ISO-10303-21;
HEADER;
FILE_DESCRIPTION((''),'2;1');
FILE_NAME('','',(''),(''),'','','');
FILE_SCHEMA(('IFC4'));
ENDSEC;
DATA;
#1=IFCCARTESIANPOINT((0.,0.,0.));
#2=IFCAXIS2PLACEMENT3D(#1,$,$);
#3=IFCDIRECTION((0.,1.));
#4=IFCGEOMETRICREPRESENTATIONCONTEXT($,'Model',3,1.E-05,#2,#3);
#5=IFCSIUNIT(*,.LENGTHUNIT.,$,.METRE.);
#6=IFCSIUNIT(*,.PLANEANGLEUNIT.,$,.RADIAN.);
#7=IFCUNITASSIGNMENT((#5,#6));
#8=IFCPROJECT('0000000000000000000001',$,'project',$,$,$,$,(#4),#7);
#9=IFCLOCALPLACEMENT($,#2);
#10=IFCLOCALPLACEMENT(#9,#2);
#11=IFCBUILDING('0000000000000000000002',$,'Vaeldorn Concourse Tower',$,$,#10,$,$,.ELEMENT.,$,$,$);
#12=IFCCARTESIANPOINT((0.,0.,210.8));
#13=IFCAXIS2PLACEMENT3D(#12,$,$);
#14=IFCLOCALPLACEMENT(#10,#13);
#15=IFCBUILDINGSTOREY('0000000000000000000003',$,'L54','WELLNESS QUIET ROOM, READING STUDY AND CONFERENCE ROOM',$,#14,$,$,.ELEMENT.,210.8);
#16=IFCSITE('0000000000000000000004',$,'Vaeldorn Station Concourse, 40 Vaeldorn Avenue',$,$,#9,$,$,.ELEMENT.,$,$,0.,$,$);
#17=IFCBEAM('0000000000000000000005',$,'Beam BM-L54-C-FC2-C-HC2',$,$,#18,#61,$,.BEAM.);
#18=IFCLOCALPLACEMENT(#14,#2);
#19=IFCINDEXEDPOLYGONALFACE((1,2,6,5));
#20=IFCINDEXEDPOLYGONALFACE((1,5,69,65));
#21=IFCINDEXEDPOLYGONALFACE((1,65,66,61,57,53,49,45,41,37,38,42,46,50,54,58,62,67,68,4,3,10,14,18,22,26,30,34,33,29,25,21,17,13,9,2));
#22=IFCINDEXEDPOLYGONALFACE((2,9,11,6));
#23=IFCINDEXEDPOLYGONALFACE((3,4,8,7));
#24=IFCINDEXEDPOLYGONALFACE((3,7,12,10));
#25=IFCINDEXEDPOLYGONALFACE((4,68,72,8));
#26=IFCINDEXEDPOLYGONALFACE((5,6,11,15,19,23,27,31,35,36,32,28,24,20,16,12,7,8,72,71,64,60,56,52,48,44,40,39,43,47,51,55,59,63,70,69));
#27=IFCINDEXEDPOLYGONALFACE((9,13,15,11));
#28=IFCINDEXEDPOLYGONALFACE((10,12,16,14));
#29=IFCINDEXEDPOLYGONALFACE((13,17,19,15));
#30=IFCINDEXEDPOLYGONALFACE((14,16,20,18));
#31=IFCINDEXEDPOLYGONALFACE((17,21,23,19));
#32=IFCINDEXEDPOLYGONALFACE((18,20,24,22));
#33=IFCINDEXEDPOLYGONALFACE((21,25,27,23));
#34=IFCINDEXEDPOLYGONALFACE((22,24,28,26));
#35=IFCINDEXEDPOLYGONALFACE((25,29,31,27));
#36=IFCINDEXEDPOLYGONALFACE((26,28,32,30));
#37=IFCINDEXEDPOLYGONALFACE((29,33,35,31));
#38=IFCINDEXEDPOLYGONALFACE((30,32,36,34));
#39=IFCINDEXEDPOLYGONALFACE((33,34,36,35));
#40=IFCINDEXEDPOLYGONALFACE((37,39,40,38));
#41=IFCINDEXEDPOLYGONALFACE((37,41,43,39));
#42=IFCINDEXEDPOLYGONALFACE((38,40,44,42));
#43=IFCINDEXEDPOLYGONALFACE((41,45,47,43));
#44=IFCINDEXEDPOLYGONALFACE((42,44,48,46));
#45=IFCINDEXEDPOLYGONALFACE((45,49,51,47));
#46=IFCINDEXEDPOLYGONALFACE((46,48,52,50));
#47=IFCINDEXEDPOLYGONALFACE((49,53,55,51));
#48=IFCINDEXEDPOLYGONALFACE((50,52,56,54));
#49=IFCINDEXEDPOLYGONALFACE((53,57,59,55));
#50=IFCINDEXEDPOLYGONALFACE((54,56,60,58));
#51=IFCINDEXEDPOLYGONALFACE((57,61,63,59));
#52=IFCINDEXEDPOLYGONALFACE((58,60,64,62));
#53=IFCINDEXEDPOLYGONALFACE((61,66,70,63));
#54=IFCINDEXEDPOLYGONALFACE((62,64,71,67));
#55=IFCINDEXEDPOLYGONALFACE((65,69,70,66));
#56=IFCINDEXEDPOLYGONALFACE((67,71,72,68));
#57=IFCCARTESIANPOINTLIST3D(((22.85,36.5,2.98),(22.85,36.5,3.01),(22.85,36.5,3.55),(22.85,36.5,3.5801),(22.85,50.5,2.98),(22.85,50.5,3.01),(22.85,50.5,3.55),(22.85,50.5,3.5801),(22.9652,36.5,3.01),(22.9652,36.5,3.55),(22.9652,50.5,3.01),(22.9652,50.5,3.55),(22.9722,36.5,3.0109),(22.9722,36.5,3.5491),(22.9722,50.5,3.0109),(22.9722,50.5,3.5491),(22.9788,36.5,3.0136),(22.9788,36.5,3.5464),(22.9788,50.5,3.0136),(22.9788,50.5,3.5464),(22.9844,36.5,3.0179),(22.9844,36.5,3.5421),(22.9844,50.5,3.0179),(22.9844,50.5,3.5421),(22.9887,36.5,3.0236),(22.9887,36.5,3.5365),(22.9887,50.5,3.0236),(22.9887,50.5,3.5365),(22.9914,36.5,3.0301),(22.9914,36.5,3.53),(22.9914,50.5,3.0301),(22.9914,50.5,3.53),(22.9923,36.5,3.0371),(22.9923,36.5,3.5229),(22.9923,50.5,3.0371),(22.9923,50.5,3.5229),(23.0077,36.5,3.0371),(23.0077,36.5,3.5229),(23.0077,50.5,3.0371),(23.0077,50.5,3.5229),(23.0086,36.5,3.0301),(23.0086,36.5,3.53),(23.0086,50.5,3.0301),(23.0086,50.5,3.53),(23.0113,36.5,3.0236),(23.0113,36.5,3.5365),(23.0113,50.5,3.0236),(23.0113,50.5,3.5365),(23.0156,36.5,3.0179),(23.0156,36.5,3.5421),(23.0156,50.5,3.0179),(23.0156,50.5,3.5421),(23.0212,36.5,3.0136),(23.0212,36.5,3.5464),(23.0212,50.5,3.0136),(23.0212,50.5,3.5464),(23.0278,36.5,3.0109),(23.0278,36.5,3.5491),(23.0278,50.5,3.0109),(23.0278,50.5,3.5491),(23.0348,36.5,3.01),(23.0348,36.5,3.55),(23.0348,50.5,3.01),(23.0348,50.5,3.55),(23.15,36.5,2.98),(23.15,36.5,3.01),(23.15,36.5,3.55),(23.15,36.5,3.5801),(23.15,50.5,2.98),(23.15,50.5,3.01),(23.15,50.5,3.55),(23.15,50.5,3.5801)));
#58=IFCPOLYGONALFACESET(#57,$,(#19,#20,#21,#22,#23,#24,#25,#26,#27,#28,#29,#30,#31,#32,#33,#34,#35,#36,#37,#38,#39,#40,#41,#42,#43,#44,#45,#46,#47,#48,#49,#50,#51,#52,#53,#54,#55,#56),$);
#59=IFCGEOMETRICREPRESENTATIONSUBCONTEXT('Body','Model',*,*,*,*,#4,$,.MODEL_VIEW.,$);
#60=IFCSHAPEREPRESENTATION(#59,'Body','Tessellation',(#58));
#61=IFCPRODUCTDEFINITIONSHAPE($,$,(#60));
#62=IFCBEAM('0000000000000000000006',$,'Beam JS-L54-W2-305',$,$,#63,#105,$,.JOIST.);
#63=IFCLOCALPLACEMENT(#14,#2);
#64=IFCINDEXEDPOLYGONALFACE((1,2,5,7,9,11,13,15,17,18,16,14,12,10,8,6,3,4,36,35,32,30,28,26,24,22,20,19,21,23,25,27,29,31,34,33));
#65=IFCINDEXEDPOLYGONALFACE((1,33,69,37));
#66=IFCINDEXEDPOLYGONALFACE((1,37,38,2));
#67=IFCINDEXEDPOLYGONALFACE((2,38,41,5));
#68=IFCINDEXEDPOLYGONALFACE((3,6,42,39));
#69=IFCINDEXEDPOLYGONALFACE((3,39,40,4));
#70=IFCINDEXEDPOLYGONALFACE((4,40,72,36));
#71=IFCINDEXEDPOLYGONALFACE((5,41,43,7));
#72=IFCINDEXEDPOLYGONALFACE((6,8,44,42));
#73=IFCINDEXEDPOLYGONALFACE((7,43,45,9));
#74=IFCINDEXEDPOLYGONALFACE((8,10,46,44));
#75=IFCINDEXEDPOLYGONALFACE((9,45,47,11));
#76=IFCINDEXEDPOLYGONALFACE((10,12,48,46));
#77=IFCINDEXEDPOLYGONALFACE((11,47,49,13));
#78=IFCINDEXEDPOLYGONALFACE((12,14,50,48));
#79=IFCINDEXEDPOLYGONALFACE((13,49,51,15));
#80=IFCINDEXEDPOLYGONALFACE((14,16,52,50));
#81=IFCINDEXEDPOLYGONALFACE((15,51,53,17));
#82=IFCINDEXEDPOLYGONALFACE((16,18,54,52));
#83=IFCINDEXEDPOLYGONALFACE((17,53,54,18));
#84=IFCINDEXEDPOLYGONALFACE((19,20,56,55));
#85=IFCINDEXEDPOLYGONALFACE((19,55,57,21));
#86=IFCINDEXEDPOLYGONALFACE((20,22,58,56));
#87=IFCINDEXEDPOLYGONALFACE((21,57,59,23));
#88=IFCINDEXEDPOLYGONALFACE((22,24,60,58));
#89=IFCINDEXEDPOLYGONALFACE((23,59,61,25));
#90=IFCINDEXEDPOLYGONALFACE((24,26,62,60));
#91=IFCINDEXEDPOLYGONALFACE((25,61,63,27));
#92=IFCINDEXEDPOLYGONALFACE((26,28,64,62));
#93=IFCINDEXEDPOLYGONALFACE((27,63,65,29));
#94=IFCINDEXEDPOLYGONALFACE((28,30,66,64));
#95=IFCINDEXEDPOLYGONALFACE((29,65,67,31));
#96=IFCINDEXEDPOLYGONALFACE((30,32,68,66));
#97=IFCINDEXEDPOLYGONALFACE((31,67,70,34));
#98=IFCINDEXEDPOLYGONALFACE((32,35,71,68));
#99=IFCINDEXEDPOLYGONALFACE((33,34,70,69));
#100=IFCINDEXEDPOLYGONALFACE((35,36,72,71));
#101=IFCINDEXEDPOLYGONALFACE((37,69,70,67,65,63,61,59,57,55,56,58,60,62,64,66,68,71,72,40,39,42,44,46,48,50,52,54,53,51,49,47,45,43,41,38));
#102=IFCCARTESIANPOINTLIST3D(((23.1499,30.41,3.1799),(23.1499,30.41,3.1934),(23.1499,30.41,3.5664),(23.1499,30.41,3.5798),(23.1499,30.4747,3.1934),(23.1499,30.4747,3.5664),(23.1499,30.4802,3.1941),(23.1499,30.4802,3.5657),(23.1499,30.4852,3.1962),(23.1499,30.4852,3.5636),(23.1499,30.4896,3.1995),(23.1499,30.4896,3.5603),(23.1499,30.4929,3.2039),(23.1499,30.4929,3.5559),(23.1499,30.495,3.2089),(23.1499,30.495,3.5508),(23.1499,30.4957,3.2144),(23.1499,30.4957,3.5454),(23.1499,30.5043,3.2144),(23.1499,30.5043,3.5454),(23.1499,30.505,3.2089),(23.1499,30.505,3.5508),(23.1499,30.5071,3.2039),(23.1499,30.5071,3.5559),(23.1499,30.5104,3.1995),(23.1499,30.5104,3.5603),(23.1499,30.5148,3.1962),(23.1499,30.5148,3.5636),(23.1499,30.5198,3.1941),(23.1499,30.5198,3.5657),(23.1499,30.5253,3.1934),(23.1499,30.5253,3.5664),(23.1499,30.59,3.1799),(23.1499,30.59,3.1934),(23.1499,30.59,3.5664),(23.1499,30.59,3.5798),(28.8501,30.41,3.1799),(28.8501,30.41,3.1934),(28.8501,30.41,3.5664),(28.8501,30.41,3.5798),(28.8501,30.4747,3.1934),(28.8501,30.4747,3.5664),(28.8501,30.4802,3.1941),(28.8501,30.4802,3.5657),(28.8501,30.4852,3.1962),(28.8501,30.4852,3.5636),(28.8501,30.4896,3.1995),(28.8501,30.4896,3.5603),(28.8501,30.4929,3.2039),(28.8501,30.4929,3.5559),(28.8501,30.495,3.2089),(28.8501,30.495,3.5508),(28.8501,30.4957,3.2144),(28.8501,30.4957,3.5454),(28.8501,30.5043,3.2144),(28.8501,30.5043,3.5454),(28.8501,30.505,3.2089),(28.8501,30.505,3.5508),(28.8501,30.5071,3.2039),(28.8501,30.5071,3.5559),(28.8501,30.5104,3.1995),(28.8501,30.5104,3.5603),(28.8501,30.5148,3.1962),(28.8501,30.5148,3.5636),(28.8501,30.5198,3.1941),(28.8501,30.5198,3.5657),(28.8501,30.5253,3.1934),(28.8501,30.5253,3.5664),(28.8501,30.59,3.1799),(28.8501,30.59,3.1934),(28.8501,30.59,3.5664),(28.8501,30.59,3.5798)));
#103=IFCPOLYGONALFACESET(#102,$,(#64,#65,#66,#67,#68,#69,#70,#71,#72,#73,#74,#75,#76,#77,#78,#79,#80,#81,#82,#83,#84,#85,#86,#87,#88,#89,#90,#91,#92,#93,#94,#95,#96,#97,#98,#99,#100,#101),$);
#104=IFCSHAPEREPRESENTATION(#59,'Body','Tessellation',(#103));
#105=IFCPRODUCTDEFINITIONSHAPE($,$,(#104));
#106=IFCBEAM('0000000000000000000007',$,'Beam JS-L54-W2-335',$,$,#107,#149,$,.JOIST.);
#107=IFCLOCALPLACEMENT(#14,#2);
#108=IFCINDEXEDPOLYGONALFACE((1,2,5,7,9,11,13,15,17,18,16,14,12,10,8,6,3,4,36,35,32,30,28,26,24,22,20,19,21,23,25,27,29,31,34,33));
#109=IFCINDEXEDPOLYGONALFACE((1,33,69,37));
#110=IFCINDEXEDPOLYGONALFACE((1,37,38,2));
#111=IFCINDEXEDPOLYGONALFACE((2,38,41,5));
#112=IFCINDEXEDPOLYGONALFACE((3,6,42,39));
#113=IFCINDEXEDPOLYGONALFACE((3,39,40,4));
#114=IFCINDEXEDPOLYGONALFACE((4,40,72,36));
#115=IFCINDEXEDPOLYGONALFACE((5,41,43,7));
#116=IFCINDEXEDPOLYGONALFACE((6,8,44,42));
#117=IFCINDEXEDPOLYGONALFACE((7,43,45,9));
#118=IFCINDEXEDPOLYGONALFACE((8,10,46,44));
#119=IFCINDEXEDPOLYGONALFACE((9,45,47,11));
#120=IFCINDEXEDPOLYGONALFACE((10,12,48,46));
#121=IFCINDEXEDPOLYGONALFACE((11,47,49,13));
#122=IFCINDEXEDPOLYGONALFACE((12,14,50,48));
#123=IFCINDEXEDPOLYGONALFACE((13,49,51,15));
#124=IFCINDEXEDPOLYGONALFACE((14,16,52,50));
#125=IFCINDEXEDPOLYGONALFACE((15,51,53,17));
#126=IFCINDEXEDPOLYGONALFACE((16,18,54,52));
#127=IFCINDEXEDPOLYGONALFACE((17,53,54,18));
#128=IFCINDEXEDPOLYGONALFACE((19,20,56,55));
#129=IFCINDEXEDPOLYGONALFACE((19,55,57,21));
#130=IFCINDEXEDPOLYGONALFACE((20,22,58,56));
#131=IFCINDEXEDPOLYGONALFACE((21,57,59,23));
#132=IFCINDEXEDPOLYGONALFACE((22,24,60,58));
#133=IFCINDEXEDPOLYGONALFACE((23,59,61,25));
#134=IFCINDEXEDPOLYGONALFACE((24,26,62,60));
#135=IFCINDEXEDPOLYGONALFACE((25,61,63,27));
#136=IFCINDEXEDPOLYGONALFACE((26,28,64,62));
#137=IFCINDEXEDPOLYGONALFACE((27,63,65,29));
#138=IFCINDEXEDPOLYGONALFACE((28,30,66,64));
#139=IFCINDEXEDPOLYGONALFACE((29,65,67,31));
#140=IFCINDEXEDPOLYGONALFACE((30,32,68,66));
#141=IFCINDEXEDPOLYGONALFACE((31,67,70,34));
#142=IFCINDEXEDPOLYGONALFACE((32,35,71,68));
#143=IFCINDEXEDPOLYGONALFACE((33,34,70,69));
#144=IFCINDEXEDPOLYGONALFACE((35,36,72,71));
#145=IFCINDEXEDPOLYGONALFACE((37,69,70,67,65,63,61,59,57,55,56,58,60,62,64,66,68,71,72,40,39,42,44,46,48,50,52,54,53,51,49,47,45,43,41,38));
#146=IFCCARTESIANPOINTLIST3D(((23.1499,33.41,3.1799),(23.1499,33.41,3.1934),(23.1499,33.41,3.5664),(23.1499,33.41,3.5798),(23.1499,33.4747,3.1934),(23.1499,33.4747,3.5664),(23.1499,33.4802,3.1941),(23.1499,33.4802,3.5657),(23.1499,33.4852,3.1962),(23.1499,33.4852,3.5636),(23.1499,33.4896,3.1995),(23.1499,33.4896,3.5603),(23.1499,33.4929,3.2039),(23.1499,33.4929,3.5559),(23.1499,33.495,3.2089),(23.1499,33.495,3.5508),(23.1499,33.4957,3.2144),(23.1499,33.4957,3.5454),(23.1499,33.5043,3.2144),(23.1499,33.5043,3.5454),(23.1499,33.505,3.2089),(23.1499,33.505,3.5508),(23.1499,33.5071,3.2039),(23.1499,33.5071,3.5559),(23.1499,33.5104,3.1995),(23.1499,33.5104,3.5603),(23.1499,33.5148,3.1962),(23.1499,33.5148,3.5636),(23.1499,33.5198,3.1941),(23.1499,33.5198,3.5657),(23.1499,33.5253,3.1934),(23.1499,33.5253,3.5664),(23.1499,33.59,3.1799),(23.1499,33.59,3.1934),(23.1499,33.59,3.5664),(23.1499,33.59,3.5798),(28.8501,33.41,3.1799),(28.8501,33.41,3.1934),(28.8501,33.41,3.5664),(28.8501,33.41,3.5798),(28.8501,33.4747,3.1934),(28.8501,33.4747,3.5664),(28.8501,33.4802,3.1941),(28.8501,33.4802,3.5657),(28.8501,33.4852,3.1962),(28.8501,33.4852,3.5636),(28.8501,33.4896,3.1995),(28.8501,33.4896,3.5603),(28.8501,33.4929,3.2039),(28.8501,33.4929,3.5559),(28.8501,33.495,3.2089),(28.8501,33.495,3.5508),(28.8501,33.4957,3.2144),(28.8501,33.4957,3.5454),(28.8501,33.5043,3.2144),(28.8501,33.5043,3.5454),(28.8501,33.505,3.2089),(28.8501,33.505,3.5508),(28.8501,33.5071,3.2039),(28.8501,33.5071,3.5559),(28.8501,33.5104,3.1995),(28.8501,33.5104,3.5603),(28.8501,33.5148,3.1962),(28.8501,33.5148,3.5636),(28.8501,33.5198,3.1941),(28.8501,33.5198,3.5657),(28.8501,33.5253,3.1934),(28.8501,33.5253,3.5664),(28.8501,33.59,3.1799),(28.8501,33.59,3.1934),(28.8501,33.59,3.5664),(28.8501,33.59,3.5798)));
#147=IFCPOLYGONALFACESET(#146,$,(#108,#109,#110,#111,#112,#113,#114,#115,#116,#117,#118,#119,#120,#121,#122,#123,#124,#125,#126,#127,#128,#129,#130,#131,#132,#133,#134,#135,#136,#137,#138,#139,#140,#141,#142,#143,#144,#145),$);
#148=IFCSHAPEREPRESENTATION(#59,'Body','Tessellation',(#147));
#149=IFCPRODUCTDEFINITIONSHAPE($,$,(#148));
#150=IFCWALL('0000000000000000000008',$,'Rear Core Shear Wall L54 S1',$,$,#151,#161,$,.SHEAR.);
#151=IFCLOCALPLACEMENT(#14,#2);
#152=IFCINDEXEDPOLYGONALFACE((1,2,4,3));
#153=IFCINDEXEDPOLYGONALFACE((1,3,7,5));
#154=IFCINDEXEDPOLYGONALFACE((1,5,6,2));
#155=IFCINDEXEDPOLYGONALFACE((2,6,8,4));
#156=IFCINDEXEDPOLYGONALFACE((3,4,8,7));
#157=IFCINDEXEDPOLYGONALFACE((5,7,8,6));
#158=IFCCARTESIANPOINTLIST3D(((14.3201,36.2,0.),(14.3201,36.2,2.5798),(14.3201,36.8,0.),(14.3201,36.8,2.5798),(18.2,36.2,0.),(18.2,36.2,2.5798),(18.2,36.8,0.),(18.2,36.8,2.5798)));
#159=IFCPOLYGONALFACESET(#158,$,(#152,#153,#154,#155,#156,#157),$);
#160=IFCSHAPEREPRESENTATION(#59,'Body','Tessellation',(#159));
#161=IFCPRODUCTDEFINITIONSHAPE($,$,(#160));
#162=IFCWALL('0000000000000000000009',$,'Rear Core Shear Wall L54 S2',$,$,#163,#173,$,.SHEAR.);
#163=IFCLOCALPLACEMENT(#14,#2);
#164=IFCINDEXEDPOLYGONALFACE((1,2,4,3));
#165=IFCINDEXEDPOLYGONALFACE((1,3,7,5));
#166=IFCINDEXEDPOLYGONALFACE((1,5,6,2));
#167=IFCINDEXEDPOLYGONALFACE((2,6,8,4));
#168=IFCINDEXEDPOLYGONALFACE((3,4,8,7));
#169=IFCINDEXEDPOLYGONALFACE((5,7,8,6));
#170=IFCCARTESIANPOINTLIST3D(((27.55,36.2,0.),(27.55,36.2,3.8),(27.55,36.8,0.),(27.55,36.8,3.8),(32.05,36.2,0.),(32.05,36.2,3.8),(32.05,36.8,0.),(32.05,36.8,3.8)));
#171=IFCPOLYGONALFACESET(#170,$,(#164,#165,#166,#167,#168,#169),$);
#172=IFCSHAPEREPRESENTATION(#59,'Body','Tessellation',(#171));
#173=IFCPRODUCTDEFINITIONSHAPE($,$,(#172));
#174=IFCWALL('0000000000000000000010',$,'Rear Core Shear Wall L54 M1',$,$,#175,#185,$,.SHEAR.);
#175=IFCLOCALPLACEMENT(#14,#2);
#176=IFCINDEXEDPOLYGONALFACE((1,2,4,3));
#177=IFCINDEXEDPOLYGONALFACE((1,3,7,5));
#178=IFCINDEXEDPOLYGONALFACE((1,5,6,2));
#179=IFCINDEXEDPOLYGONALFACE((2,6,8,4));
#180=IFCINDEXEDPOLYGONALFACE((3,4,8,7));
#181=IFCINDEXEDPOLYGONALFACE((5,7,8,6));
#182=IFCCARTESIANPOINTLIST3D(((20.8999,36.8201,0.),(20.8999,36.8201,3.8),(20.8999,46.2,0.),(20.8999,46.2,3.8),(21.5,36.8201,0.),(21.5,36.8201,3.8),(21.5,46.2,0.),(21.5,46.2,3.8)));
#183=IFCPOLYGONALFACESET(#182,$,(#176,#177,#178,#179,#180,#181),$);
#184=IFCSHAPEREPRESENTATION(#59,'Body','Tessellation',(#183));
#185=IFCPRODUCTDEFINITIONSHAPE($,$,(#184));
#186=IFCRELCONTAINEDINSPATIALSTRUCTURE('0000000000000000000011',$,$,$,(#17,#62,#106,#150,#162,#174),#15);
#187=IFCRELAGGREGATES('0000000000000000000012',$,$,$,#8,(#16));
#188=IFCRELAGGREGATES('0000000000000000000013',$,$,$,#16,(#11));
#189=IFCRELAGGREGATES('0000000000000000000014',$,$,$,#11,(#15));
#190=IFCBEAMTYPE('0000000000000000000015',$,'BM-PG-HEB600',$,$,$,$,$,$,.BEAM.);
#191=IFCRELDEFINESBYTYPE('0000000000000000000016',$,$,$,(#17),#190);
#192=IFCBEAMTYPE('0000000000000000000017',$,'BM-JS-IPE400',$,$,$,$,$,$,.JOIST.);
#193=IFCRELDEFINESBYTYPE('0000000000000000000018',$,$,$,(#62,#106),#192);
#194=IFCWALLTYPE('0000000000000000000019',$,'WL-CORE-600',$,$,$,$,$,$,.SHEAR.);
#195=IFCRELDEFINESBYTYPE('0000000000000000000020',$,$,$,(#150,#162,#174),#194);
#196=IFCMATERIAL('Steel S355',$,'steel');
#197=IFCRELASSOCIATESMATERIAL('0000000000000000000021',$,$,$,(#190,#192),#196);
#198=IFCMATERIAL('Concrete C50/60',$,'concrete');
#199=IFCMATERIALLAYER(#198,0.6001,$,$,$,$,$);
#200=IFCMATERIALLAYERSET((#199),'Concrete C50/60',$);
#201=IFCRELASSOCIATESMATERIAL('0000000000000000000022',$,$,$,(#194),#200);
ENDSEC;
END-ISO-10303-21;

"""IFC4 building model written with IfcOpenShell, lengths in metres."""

from ifc_helpers import new_model, si_unit, direction, frame, frame_2d, origin, origin_2d, place, context, subcontext, project, spatial, rectangle, i_section, extrude, source, transform, mapped, material, layer, layer_set, material_profile, profile_set, type_object, element, save


model = new_model("IFC4")

# Units and contexts
model_context = context("Model", 3, precision=1e-05, world=origin(), true_north=direction((0.0, 1.0)))
body_context = subcontext(model_context, "Body", "Model", "MODEL_VIEW")
ifc_project = project(units=[si_unit("LENGTHUNIT", "METRE"), si_unit("PLANEANGLEUNIT", "RADIAN")], contexts=[model_context])

# Site, building, storey
site_placement = place(None, origin())
site = spatial("IfcSite", under=ifc_project, at=site_placement, Name="Vaeldorn Station Concourse, 40 Vaeldorn Avenue", CompositionType="ELEMENT", RefElevation=0.0)
building_placement = place(site_placement, origin())
building = spatial("IfcBuilding", under=site, at=building_placement, Name="Vaeldorn Concourse Tower", CompositionType="ELEMENT")
storey_placement = place(building_placement, frame((0.0, 0.0, 210.8)))
storey = spatial("IfcBuildingStorey", under=building, at=storey_placement, Name="L54", Description="WELLNESS QUIET ROOM, READING STUDY AND CONFERENCE ROOM", CompositionType="ELEMENT", Elevation=210.8)

# Shared definitions
ifc_material_1 = material(Name="Steel S355", Category="steel")

# Beams
ifc_material_profile_1 = material_profile(ifc_material_1, i_section(OverallWidth=0.3, OverallDepth=0.6001, WebThickness=0.0154, FlangeThickness=0.03, FilletRadius=0.0271, at=origin_2d()), Name="HEB 600")
ifc_profile_set_1 = profile_set([ifc_material_profile_1], Name="Steel S355")
beam_type_1 = type_object("IfcBeamType", Name="BM-PG-HEB600", PredefinedType="BEAM", material=ifc_profile_set_1)
shared_shape_1 = source(origin(), body_context, "Body", "SweptSolid", [
    extrude(i_section(OverallWidth=0.3, OverallDepth=0.6001, WebThickness=0.0154, FlangeThickness=0.03, FilletRadius=0.0271, at=origin_2d()), origin(), (0.0, 0.0, 1.0), 14.0),
])
for number, where, z_axis, x_axis, name in (
    (1, (23.0, 36.5, 3.28), (0.0, 1.0, 0.0), (-1.0, 0.0, 0.0), "Beam BM-L54-C-FC2-C-HC2"),
):
    element("IfcBeam", number, at=place(storey_placement, frame(where, z_axis=z_axis, x_axis=x_axis)), inside=storey, type_object=beam_type_1, Name=name, PredefinedType="BEAM", context=body_context, shape_type="MappedRepresentation", body=[
        mapped(shared_shape_1, transform((0.0, 0.0, 0.0), scale=1.0)),
    ])
ifc_material_profile_2 = material_profile(ifc_material_1, i_section(OverallWidth=0.1799, OverallDepth=0.3999, WebThickness=0.0085, FlangeThickness=0.0134, FilletRadius=0.021, at=origin_2d()), Name="IPE 400")
ifc_profile_set_2 = profile_set([ifc_material_profile_2], Name="Steel S355")
beam_type_2 = type_object("IfcBeamType", Name="BM-JS-IPE400", PredefinedType="JOIST", material=ifc_profile_set_2)
shared_shape_2 = source(origin(), body_context, "Body", "SweptSolid", [
    extrude(i_section(OverallWidth=0.1799, OverallDepth=0.3999, WebThickness=0.0085, FlangeThickness=0.0134, FilletRadius=0.021, at=origin_2d()), origin(), (0.0, 0.0, 1.0), 5.7002),
])
for number, where, z_axis, x_axis, name in (
    (2, (23.1499, 30.5, 3.3799), (1.0, 0.0, 0.0), (0.0, 1.0, 0.0), "Beam JS-L54-W2-305"),
    (3, (23.1499, 33.5, 3.3799), (1.0, 0.0, 0.0), (0.0, 1.0, 0.0), "Beam JS-L54-W2-335"),
):
    element("IfcBeam", number, at=place(storey_placement, frame(where, z_axis=z_axis, x_axis=x_axis)), inside=storey, type_object=beam_type_2, Name=name, PredefinedType="JOIST", context=body_context, shape_type="MappedRepresentation", body=[
        mapped(shared_shape_2, transform((0.0, 0.0, 0.0), scale=1.0)),
    ])

# Walls
ifc_material_2 = material(Name="Concrete C50/60", Category="concrete")
ifc_layer_1 = layer(ifc_material_2, 0.6001)
ifc_layer_set_1 = layer_set([ifc_layer_1], Name="Concrete C50/60")
wall_type_1 = type_object("IfcWallType", Name="WL-CORE-600", PredefinedType="SHEAR", material=ifc_layer_set_1)
wall_1_placement = place(storey_placement, frame((14.3201, 36.5, 0.0), z_axis=(0.0, 0.0, 1.0), x_axis=(1.0, 0.0, 0.0)))
element("IfcWall", 4, at=wall_1_placement, inside=storey, type_object=wall_type_1, Name="Rear Core Shear Wall L54 S1", PredefinedType="SHEAR", context=body_context, shape_type="SweptSolid", body=[
    extrude(rectangle(XDim=3.8799, YDim=0.6001, at=frame_2d((1.9399, 0.0))), origin(), (0.0, 0.0, 1.0), 2.5798),
])
wall_2_placement = place(storey_placement, frame((27.55, 36.5, 0.0), z_axis=(0.0, 0.0, 1.0), x_axis=(1.0, 0.0, 0.0)))
element("IfcWall", 5, at=wall_2_placement, inside=storey, type_object=wall_type_1, Name="Rear Core Shear Wall L54 S2", PredefinedType="SHEAR", context=body_context, shape_type="SweptSolid", body=[
    extrude(rectangle(XDim=4.5, YDim=0.6001, at=frame_2d((2.25, 0.0))), origin(), (0.0, 0.0, 1.0), 3.8),
])
wall_3_placement = place(storey_placement, frame((21.2, 36.8201, 0.0), z_axis=(0.0, 0.0, 1.0), x_axis=(0.0, 1.0, 0.0)))
element("IfcWall", 6, at=wall_3_placement, inside=storey, type_object=wall_type_1, Name="Rear Core Shear Wall L54 M1", PredefinedType="SHEAR", context=body_context, shape_type="SweptSolid", body=[
    extrude(rectangle(XDim=9.3799, YDim=0.6001, at=frame_2d((4.6899, 0.0))), origin(), (0.0, 0.0, 1.0), 3.8),
])

save(model, "model.ifc")
